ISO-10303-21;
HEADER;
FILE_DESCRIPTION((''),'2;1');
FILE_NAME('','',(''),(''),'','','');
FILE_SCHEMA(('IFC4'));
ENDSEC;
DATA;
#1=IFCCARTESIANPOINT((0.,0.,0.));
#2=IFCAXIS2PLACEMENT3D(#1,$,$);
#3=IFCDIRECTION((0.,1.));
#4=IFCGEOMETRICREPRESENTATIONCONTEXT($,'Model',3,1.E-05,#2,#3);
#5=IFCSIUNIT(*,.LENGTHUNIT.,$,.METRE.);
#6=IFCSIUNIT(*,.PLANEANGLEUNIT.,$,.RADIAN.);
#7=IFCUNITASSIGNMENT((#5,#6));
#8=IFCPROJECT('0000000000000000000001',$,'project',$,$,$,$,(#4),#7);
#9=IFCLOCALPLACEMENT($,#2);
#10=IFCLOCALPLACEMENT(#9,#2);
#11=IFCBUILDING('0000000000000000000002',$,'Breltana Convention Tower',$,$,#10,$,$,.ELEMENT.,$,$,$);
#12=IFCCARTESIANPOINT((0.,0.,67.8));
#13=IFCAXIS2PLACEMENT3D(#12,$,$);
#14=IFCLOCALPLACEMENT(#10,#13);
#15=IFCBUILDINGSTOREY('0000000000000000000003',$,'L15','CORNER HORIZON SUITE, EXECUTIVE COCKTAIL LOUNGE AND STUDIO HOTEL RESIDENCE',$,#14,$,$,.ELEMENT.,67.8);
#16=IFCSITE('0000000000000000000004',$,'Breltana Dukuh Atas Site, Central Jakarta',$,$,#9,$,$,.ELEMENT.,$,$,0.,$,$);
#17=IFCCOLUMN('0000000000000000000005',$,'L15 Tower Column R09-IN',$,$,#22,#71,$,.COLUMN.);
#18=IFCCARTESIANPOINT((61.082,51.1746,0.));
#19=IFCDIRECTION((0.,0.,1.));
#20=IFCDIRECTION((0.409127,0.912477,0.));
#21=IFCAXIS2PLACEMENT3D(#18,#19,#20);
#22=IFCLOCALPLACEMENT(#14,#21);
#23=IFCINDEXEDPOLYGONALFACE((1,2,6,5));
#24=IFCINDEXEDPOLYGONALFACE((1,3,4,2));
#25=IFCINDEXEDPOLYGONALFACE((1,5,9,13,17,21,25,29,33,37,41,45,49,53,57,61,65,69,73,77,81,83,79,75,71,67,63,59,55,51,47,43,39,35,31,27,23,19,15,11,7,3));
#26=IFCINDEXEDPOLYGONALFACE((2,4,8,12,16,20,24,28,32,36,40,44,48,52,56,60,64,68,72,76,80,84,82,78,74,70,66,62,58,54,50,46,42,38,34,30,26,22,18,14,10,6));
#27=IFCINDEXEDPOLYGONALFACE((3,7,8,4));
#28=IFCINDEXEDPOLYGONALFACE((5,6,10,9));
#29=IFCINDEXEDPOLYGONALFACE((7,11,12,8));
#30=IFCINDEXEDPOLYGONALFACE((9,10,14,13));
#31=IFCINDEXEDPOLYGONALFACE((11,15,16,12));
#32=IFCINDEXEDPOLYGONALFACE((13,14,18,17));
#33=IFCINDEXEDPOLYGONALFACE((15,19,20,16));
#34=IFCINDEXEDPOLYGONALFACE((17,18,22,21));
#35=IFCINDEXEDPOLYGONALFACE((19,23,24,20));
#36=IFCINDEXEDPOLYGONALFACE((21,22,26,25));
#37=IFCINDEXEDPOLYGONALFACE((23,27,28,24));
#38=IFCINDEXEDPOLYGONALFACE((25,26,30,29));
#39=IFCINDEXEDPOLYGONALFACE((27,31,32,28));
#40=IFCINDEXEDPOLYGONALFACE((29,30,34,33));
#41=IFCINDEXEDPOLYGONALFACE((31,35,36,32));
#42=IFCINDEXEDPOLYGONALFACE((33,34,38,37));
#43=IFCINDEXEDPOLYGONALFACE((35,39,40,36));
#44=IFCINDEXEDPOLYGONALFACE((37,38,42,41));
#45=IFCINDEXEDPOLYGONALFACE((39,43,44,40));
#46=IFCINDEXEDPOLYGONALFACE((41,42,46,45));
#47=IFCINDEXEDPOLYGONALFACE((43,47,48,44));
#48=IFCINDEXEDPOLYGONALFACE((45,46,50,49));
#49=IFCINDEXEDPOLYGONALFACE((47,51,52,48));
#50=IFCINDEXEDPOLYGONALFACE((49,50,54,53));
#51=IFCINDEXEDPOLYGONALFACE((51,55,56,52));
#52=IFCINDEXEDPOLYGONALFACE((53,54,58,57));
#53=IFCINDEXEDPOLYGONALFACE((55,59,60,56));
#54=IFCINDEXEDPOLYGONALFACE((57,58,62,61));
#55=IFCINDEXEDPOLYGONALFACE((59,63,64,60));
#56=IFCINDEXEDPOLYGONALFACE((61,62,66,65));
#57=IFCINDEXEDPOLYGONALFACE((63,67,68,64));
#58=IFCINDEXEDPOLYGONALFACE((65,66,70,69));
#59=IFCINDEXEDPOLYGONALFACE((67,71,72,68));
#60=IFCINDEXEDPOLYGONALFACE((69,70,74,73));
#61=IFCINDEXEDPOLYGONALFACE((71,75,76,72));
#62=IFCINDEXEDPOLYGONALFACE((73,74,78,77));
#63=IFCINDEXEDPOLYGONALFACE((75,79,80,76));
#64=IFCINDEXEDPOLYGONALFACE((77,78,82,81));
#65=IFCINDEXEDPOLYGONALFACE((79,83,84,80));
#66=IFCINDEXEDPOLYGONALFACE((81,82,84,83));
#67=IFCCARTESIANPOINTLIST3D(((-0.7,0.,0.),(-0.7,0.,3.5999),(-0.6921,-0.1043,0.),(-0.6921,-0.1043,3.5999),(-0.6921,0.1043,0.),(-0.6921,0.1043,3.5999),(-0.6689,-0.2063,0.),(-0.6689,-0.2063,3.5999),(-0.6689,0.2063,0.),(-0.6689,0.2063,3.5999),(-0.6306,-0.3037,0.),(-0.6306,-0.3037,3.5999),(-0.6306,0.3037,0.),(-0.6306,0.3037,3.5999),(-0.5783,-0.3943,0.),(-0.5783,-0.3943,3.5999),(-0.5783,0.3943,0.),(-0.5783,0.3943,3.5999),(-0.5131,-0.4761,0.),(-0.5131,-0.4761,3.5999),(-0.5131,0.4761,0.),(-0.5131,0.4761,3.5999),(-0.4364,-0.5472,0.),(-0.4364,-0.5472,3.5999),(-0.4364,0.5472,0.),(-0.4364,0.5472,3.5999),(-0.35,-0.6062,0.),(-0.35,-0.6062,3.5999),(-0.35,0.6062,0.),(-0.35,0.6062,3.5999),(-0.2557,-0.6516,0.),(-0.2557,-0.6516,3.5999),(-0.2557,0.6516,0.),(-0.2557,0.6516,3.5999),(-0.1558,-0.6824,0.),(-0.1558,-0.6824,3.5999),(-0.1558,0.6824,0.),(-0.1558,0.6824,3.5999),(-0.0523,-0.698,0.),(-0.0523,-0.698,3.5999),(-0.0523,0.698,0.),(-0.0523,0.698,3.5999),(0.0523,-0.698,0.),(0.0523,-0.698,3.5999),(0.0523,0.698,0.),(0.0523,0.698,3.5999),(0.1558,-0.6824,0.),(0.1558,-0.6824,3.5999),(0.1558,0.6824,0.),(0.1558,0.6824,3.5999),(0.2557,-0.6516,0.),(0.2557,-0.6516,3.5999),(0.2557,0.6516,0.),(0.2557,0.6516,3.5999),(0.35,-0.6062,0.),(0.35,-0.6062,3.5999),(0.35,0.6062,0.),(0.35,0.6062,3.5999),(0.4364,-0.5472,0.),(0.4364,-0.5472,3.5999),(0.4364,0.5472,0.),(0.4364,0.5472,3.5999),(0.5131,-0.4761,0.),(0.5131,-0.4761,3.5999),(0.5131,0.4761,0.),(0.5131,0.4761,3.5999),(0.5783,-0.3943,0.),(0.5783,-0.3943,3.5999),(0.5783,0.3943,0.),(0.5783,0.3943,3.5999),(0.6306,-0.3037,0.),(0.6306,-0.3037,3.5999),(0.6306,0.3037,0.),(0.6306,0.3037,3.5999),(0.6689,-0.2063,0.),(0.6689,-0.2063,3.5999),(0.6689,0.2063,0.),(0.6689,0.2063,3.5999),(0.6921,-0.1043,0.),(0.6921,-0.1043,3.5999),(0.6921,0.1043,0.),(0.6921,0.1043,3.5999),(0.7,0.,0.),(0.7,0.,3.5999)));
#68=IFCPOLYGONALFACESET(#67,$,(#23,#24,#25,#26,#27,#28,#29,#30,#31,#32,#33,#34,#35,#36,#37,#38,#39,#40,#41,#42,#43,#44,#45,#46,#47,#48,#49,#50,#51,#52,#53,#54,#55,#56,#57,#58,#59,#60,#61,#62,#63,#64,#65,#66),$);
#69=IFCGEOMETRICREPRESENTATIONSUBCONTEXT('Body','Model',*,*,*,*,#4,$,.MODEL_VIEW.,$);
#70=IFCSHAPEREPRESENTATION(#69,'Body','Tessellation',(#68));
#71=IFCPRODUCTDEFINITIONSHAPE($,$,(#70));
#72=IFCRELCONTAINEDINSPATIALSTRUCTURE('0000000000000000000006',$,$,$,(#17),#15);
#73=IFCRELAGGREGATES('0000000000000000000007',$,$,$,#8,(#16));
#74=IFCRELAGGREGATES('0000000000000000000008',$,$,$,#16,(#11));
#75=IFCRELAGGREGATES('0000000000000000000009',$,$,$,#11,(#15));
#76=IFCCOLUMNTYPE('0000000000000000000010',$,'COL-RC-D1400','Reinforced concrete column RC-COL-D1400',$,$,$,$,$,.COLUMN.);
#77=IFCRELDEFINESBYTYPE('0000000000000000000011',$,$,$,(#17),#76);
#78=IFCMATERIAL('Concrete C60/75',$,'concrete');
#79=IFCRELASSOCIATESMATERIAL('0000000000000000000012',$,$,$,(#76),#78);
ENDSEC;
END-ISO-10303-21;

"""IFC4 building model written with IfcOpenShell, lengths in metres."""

from ifc_helpers import new_model, si_unit, direction, frame, origin, origin_2d, place, context, subcontext, project, spatial, circle, extrude, source, transform, mapped, material, material_profile, profile_set, type_object, element, save


model = new_model("IFC4")

# Units and contexts
model_context = context("Model", 3, precision=1e-05, world=origin(), true_north=direction((0.0, 1.0)))
body_context = subcontext(model_context, "Body", "Model", "MODEL_VIEW")
ifc_project = project(units=[si_unit("LENGTHUNIT", "METRE"), si_unit("PLANEANGLEUNIT", "RADIAN")], contexts=[model_context])

# Site, building, storey
site_placement = place(None, origin())
site = spatial("IfcSite", under=ifc_project, at=site_placement, Name="Breltana Dukuh Atas Site, Central Jakarta", CompositionType="ELEMENT", RefElevation=0.0)
building_placement = place(site_placement, origin())
building = spatial("IfcBuilding", under=site, at=building_placement, Name="Breltana Convention Tower", CompositionType="ELEMENT")
storey_placement = place(building_placement, frame((0.0, 0.0, 67.8)))
storey = spatial("IfcBuildingStorey", under=building, at=storey_placement, Name="L15", Description="CORNER HORIZON SUITE, EXECUTIVE COCKTAIL LOUNGE AND STUDIO HOTEL RESIDENCE", CompositionType="ELEMENT", Elevation=67.8)

# Column
ifc_material_1 = material(Name="Concrete C60/75", Category="concrete")
ifc_material_profile_1 = material_profile(ifc_material_1, circle(Radius=0.7, at=origin_2d()), Name="RC-COL-D1400")
ifc_profile_set_1 = profile_set([ifc_material_profile_1], Name="Concrete C60/75")
column_type = type_object("IfcColumnType", Name="COL-RC-D1400", Description="Reinforced concrete column RC-COL-D1400", PredefinedType="COLUMN", material=ifc_profile_set_1)
shared_shape_1 = source(origin(), body_context, "Body", "SweptSolid", [
    extrude(circle(Radius=0.7, at=origin_2d()), origin(), (0.0, 0.0, 1.0), 3.5999),
])
for number, where, z_axis, x_axis, name in (
    (1, (61.082, 51.1746, 0.0), (0.0, 0.0, 1.0), (0.409127, 0.912477, 0.0), "L15 Tower Column R09-IN"),
):
    element("IfcColumn", number, at=place(storey_placement, frame(where, z_axis=z_axis, x_axis=x_axis)), inside=storey, type_object=column_type, Name=name, PredefinedType="COLUMN", context=body_context, shape_type="MappedRepresentation", body=[
        mapped(shared_shape_1, transform((0.0, 0.0, 0.0), scale=1.0)),
    ])

save(model, "model.ifc")
